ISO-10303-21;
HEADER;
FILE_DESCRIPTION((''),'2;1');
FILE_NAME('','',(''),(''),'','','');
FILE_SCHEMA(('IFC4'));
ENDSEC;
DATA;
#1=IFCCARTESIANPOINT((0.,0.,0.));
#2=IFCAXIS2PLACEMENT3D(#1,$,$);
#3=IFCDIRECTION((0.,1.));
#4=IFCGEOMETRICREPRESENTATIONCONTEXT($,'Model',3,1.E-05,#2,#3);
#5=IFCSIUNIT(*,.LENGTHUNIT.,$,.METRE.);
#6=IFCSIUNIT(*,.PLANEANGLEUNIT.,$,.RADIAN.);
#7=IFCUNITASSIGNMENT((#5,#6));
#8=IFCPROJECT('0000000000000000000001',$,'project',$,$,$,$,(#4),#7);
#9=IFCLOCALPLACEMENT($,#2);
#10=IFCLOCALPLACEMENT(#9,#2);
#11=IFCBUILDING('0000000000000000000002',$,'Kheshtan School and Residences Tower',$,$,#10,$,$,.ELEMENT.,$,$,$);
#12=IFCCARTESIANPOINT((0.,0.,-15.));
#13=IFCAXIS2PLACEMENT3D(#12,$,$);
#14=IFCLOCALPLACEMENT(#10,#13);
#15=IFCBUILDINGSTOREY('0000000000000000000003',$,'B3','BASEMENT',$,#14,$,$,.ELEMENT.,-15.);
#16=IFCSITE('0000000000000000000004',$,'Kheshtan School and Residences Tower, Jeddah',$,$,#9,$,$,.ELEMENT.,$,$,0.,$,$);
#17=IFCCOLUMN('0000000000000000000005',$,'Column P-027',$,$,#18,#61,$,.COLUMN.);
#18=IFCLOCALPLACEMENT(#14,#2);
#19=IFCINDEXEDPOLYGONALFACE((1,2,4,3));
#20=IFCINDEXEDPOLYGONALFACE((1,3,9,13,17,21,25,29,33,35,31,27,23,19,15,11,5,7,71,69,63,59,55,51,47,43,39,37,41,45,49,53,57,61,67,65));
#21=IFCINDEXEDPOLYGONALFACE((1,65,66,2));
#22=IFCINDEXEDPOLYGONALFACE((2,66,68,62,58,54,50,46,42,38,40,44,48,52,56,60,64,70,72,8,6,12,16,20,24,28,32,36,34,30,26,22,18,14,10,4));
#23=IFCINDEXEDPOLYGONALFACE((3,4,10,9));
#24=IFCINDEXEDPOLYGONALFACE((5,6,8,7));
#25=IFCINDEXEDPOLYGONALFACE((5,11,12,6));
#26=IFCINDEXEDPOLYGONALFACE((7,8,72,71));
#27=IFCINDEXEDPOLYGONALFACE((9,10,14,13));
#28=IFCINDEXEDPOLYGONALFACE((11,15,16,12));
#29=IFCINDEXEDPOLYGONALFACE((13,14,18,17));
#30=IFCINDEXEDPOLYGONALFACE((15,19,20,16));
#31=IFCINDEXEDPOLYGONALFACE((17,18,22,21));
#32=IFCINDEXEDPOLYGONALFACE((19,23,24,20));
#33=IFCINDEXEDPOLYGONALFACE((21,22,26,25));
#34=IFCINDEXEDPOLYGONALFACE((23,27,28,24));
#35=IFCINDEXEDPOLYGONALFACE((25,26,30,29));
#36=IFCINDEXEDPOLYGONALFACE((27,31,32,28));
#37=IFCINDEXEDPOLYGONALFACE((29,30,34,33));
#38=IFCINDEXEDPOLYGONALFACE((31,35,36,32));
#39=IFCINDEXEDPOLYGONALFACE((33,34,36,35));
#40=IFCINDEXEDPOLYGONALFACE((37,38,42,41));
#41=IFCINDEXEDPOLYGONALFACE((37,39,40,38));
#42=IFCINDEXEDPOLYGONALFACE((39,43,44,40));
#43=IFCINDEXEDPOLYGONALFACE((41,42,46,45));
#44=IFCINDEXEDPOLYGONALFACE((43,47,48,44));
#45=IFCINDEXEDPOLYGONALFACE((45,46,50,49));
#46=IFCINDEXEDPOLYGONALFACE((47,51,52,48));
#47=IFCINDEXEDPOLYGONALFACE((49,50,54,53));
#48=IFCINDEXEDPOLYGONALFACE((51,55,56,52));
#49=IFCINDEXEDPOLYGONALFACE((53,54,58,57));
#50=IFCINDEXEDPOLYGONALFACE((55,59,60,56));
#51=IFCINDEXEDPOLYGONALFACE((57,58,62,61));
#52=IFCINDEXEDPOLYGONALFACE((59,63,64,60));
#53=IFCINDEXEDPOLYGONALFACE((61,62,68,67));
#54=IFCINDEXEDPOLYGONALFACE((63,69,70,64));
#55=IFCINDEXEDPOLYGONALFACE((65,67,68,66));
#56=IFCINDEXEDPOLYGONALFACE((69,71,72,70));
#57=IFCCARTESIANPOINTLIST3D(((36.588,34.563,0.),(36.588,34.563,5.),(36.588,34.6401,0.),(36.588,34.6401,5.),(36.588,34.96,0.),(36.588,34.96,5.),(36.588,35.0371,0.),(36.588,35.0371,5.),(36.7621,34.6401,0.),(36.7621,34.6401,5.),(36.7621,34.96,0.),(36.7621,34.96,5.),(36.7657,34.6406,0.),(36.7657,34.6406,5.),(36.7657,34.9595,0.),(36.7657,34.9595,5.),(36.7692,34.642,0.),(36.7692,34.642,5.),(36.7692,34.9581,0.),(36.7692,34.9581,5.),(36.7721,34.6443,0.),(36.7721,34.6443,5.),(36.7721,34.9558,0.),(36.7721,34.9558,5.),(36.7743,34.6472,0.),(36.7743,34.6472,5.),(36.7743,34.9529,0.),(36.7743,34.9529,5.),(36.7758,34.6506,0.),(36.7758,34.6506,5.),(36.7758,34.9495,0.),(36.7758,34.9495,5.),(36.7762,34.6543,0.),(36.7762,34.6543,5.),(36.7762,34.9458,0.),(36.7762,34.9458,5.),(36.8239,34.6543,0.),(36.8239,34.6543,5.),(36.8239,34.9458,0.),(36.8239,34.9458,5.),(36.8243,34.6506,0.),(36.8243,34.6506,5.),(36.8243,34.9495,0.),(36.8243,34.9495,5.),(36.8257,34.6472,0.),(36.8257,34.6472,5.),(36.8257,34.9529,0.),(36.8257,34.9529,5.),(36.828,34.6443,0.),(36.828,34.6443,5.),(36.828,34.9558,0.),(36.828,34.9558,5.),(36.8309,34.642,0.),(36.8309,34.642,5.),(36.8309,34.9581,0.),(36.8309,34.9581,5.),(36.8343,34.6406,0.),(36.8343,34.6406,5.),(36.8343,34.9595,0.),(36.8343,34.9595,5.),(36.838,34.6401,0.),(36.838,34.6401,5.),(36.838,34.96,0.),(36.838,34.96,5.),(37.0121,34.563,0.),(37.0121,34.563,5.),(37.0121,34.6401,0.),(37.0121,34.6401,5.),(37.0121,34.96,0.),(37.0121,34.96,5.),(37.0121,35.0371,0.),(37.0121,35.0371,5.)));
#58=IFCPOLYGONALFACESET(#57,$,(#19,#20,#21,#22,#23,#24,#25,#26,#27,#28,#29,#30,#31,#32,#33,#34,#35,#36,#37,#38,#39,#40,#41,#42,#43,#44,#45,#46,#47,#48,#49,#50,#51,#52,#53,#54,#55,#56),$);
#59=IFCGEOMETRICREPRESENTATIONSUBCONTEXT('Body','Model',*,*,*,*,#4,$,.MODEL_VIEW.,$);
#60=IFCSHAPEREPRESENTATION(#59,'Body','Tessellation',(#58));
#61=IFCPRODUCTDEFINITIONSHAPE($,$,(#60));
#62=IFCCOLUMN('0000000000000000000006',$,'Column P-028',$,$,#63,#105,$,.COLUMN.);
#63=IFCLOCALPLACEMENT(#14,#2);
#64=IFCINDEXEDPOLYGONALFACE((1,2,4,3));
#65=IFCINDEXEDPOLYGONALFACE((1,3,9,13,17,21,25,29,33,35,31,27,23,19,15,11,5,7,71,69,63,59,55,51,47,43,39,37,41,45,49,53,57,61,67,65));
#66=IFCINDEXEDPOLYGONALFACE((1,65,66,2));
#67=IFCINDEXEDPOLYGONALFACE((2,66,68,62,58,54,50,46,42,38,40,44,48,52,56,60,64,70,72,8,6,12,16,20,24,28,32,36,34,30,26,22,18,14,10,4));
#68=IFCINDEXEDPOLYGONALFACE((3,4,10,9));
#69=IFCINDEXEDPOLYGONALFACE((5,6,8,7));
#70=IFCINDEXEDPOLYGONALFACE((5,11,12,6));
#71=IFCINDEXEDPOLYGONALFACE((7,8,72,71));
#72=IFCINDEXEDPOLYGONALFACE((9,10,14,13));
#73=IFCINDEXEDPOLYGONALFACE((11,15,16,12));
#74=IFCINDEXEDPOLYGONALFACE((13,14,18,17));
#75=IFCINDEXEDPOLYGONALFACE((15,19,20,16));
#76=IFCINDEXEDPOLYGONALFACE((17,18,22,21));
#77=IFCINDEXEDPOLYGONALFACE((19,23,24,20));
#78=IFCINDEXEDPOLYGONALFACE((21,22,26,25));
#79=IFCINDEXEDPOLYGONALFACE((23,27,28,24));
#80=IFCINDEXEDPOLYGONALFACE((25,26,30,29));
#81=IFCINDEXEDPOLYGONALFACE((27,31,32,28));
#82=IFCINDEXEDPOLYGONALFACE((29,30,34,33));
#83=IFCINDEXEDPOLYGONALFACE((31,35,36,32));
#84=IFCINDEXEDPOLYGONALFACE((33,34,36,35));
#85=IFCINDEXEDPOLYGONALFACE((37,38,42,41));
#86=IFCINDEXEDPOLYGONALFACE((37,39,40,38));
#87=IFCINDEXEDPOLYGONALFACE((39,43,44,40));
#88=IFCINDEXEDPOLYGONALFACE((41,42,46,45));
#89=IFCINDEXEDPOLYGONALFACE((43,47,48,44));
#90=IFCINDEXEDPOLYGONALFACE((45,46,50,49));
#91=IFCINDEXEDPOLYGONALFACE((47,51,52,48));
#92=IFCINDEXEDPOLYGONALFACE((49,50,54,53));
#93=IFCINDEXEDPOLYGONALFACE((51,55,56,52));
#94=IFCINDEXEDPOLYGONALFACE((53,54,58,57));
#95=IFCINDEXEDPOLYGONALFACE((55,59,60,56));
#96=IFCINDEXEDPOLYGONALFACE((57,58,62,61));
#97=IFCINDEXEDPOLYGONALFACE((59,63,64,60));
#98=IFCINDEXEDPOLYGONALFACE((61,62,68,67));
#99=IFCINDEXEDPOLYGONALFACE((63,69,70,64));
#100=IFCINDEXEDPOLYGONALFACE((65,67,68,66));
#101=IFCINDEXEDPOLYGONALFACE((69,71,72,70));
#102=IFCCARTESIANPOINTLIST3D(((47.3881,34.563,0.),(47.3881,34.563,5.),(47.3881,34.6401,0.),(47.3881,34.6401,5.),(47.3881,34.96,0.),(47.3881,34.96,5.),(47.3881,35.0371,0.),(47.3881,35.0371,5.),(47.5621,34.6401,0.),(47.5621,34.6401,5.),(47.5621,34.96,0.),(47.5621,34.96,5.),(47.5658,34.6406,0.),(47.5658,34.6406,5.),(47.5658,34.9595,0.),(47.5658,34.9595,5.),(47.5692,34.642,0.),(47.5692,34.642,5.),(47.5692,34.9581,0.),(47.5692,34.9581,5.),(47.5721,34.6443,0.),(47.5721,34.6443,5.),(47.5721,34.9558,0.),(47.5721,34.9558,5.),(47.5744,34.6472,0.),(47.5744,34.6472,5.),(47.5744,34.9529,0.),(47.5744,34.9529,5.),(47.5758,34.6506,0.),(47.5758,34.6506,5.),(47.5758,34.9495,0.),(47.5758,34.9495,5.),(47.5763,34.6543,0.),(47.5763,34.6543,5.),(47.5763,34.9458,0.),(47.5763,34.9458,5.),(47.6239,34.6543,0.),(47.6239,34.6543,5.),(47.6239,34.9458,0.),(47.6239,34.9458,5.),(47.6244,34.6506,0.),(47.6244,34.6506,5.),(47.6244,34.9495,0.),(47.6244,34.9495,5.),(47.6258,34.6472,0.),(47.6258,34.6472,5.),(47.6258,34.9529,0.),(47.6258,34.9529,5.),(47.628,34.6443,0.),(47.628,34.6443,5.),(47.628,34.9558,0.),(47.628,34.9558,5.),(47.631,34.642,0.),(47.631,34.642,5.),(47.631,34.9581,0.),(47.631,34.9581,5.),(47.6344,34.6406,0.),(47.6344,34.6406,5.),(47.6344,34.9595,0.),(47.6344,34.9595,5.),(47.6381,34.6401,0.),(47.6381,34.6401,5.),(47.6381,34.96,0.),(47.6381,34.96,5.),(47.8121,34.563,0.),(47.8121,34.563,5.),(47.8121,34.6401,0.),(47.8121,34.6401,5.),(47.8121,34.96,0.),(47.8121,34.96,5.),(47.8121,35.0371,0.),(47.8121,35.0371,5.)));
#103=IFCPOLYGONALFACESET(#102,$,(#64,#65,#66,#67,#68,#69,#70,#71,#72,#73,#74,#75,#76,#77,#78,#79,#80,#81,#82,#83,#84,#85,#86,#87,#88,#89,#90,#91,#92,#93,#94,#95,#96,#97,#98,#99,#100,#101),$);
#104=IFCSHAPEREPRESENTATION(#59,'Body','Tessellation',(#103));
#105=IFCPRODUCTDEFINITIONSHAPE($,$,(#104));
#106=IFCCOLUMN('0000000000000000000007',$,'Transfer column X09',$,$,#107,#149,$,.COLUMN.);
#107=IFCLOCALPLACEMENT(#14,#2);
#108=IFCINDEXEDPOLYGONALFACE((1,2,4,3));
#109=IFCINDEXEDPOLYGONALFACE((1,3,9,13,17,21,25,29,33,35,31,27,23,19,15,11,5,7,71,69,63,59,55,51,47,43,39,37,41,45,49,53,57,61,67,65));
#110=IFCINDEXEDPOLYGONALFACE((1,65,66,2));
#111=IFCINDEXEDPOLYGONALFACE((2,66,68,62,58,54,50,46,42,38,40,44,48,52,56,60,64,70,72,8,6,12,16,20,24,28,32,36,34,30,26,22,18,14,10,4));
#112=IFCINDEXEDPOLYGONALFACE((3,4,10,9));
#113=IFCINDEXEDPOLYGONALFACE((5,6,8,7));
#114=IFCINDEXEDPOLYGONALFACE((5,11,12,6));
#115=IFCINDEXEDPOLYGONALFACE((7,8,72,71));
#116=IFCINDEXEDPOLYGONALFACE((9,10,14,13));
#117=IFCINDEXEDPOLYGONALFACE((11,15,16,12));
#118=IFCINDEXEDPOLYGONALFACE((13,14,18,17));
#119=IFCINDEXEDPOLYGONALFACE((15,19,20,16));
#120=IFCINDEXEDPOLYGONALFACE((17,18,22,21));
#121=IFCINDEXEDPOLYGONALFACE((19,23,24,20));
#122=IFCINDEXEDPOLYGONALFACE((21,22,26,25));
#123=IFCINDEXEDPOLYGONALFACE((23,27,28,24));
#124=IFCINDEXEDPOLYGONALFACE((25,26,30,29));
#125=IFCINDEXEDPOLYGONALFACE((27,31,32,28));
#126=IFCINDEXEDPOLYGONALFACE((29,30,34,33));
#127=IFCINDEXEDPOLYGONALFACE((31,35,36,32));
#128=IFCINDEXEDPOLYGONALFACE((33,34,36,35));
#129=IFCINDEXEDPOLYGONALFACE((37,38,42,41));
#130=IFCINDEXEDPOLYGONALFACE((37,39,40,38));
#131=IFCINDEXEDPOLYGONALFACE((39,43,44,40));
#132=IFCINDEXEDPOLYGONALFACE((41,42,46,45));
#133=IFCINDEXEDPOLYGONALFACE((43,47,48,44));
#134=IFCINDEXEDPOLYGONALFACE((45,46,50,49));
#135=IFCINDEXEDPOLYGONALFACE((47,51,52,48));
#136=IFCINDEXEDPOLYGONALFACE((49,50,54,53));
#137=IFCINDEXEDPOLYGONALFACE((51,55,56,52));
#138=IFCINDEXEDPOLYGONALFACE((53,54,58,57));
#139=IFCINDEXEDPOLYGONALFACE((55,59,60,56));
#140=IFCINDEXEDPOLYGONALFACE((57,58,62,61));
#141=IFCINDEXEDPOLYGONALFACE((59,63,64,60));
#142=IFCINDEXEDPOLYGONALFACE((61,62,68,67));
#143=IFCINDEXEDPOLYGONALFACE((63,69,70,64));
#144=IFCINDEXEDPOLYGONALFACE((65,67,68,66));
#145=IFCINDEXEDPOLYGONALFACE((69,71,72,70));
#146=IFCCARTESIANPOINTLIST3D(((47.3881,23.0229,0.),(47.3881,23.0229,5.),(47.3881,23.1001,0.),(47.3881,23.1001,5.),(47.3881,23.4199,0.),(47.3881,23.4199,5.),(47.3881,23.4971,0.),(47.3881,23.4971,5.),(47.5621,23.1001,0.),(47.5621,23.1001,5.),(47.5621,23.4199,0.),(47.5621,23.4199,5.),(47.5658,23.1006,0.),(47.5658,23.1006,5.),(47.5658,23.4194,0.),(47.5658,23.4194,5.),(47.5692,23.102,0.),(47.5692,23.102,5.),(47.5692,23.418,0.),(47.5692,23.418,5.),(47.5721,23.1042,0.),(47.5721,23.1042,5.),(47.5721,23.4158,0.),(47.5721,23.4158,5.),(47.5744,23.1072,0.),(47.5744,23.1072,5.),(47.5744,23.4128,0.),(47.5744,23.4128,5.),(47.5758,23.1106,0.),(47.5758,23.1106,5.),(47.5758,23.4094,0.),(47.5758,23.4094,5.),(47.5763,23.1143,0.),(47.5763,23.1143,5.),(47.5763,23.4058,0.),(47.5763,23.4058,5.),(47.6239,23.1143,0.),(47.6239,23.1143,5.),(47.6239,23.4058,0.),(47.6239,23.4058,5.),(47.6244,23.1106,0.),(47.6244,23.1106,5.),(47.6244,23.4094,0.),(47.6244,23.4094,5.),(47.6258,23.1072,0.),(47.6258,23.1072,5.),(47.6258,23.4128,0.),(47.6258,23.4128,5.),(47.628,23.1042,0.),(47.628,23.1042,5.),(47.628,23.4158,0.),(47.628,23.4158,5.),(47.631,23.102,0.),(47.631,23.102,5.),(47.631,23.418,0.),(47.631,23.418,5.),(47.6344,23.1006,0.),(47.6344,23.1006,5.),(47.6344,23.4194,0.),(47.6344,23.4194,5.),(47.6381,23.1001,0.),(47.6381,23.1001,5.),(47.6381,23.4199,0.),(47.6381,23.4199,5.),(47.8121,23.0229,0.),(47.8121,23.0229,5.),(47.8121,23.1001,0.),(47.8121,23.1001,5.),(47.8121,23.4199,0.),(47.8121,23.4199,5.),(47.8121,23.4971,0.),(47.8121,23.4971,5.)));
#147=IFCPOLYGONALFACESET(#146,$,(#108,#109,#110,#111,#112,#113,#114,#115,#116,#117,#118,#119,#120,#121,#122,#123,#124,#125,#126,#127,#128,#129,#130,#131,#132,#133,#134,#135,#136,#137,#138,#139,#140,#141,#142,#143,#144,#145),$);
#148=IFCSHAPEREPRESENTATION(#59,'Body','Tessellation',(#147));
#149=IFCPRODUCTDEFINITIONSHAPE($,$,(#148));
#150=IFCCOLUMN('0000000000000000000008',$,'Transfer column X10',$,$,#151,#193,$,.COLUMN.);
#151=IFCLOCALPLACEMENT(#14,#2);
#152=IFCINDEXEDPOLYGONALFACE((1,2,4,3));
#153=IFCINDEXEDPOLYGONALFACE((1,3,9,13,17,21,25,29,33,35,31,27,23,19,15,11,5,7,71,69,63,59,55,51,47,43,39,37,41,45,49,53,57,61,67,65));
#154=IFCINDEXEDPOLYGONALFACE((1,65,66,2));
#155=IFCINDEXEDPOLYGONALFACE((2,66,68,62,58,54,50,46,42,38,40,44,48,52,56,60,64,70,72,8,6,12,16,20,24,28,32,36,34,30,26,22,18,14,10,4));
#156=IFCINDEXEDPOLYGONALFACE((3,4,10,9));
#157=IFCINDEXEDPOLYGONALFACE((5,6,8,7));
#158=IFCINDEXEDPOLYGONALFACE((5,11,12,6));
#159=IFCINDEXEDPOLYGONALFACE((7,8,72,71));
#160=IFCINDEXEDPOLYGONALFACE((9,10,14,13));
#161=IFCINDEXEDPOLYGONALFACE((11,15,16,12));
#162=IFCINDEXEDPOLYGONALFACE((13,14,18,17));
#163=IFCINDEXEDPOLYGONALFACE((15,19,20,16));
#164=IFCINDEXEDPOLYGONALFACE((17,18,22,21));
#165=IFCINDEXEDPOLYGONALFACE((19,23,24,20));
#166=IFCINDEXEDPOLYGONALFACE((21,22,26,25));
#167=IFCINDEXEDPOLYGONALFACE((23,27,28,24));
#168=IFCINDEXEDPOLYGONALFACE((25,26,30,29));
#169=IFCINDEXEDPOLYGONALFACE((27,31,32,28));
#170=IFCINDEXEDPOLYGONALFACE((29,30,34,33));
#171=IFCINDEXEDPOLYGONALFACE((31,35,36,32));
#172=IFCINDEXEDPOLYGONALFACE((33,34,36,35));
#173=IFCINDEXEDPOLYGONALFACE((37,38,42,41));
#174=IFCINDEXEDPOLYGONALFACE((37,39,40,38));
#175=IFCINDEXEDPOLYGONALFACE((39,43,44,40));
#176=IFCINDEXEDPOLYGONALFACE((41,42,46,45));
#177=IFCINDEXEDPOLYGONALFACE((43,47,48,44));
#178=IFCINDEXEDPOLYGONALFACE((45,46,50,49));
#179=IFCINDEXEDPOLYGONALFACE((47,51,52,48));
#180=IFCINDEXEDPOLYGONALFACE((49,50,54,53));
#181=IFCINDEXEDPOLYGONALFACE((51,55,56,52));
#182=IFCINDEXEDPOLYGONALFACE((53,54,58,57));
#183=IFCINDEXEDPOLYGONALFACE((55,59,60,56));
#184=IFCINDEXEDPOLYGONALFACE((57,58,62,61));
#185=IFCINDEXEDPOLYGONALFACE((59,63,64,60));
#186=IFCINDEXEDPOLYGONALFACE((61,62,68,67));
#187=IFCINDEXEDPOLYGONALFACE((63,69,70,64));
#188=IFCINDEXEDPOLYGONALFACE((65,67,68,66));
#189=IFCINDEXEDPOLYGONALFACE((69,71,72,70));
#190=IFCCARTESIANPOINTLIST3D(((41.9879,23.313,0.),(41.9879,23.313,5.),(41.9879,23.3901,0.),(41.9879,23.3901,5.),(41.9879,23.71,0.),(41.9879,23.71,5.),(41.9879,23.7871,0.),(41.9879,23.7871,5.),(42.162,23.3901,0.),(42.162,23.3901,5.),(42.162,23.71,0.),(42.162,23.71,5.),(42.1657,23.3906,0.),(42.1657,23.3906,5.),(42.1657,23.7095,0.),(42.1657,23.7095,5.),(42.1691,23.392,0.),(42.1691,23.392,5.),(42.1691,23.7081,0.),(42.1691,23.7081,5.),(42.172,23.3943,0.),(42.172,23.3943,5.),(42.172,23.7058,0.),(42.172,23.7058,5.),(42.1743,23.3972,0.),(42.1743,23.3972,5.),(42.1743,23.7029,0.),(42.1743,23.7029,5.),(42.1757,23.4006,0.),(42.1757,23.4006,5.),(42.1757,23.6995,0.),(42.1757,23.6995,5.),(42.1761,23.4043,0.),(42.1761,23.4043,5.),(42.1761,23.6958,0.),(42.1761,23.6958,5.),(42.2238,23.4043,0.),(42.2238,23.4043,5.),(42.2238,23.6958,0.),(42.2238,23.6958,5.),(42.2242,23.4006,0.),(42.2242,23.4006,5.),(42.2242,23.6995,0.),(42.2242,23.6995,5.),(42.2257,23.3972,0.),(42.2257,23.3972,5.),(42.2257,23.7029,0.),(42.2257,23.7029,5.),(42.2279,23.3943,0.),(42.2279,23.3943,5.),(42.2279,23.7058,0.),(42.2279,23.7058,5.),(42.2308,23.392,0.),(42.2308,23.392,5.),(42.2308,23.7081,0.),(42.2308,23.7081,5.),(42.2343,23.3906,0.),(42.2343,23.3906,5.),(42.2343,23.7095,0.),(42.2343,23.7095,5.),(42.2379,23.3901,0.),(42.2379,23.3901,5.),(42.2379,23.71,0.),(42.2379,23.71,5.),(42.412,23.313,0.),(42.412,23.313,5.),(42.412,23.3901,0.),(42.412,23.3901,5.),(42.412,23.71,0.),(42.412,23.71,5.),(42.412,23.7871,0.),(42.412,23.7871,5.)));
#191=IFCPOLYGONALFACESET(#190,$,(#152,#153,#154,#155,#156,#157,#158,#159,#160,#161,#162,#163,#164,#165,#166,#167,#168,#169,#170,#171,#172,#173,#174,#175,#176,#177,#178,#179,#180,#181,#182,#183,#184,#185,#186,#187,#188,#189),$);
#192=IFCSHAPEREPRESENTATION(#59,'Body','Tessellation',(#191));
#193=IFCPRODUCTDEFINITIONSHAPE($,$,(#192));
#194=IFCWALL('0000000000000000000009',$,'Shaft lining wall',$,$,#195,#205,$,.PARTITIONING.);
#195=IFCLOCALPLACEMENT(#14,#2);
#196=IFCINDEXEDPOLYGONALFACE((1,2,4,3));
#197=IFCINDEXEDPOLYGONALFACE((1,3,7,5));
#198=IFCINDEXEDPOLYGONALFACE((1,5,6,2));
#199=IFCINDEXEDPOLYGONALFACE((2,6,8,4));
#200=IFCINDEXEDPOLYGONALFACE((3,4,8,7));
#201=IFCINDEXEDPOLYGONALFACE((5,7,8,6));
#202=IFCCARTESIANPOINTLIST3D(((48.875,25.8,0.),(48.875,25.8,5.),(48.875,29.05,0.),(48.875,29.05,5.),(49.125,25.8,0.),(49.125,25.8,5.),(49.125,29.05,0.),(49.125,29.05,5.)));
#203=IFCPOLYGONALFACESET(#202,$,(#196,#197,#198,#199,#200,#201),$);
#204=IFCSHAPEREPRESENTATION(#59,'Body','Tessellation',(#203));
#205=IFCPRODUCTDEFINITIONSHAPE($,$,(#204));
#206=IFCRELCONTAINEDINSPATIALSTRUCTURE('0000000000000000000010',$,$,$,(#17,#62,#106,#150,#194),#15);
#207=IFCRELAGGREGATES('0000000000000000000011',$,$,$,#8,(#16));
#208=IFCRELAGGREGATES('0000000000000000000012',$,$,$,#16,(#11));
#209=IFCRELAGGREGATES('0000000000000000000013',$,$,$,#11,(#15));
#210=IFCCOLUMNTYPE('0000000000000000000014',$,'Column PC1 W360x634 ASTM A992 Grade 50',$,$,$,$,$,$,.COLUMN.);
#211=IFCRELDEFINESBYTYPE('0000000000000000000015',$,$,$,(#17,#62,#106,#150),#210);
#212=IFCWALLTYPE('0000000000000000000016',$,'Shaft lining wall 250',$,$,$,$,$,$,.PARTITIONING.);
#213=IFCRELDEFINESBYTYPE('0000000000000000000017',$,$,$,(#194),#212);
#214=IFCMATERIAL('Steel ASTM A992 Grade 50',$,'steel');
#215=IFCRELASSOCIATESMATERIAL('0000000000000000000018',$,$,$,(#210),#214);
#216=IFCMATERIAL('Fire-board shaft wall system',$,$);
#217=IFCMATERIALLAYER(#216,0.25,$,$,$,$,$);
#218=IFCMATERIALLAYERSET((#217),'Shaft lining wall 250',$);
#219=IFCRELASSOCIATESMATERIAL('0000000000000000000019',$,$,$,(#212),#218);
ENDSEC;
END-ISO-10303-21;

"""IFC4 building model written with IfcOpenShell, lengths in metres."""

from ifc_helpers import new_model, si_unit, direction, frame, frame_2d, origin, origin_2d, place, context, subcontext, project, spatial, rectangle, i_section, extrude, material, layer, layer_set, material_profile, profile_set, type_object, element, save


model = new_model("IFC4")

# Units and contexts
model_context = context("Model", 3, precision=1e-05, world=origin(), true_north=direction((0.0, 1.0)))
body_context = subcontext(model_context, "Body", "Model", "MODEL_VIEW")
ifc_project = project(units=[si_unit("LENGTHUNIT", "METRE"), si_unit("PLANEANGLEUNIT", "RADIAN")], contexts=[model_context])

# Site, building, storey
site_placement = place(None, origin())
site = spatial("IfcSite", under=ifc_project, at=site_placement, Name="Kheshtan School and Residences Tower, Jeddah", CompositionType="ELEMENT", RefElevation=0.0)
building_placement = place(site_placement, origin())
building = spatial("IfcBuilding", under=site, at=building_placement, Name="Kheshtan School and Residences Tower", CompositionType="ELEMENT")
storey_placement = place(building_placement, frame((0.0, 0.0, -15.0)))
storey = spatial("IfcBuildingStorey", under=building, at=storey_placement, Name="B3", Description="BASEMENT", CompositionType="ELEMENT", Elevation=-15.0)

# Columns
ifc_material_1 = material(Name="Steel ASTM A992 Grade 50", Category="steel")
ifc_material_profile_1 = material_profile(ifc_material_1, i_section(OverallWidth=0.4241, OverallDepth=0.4741, WebThickness=0.0476, FlangeThickness=0.0771, FilletRadius=0.0142, at=origin_2d()), Name="W360x634")
ifc_profile_set_1 = profile_set([ifc_material_profile_1], Name="Steel ASTM A992 Grade 50")
column_type = type_object("IfcColumnType", Name="Column PC1 W360x634 ASTM A992 Grade 50", PredefinedType="COLUMN", material=ifc_profile_set_1)
for number, where, z_axis, x_axis, name in (
    (1, (36.8, 34.8, 0.0), (0.0, 0.0, 1.0), (1.0, 0.0, 0.0), "Column P-027"),
    (2, (47.6001, 34.8, 0.0), (0.0, 0.0, 1.0), (1.0, 0.0, 0.0), "Column P-028"),
    (3, (47.6001, 23.26, 0.0), (0.0, 0.0, 1.0), (1.0, 0.0, 0.0), "Transfer column X09"),
    (4, (42.2, 23.55, 0.0), (0.0, 0.0, 1.0), (1.0, 0.0, 0.0), "Transfer column X10"),
):
    element("IfcColumn", number, at=place(storey_placement, frame(where, z_axis=z_axis, x_axis=x_axis)), inside=storey, type_object=column_type, Name=name, PredefinedType="COLUMN", context=body_context, shape_type="SweptSolid", body=[
        extrude(i_section(OverallWidth=0.4241, OverallDepth=0.4741, WebThickness=0.0476, FlangeThickness=0.0771, FilletRadius=0.0142, at=origin_2d()), origin(), (0.0, 0.0, 1.0), 5.0),
    ])

# Wall
ifc_material_2 = material(Name="Fire-board shaft wall system")
ifc_layer = layer(ifc_material_2, 0.25)
ifc_layer_set = layer_set([ifc_layer], Name="Shaft lining wall 250")
wall_type = type_object("IfcWallType", Name="Shaft lining wall 250", PredefinedType="PARTITIONING", material=ifc_layer_set)
wall_placement = place(storey_placement, frame((49.0, 25.8, 0.0), z_axis=(0.0, 0.0, 1.0), x_axis=(0.0, 1.0, 0.0)))
element("IfcWall", 5, at=wall_placement, inside=storey, type_object=wall_type, Name="Shaft lining wall", PredefinedType="PARTITIONING", context=body_context, shape_type="SweptSolid", body=[
    extrude(rectangle(XDim=3.25, YDim=0.25, at=frame_2d((1.625, 0.0))), origin(), (0.0, 0.0, 1.0), 5.0),
])

save(model, "model.ifc")
